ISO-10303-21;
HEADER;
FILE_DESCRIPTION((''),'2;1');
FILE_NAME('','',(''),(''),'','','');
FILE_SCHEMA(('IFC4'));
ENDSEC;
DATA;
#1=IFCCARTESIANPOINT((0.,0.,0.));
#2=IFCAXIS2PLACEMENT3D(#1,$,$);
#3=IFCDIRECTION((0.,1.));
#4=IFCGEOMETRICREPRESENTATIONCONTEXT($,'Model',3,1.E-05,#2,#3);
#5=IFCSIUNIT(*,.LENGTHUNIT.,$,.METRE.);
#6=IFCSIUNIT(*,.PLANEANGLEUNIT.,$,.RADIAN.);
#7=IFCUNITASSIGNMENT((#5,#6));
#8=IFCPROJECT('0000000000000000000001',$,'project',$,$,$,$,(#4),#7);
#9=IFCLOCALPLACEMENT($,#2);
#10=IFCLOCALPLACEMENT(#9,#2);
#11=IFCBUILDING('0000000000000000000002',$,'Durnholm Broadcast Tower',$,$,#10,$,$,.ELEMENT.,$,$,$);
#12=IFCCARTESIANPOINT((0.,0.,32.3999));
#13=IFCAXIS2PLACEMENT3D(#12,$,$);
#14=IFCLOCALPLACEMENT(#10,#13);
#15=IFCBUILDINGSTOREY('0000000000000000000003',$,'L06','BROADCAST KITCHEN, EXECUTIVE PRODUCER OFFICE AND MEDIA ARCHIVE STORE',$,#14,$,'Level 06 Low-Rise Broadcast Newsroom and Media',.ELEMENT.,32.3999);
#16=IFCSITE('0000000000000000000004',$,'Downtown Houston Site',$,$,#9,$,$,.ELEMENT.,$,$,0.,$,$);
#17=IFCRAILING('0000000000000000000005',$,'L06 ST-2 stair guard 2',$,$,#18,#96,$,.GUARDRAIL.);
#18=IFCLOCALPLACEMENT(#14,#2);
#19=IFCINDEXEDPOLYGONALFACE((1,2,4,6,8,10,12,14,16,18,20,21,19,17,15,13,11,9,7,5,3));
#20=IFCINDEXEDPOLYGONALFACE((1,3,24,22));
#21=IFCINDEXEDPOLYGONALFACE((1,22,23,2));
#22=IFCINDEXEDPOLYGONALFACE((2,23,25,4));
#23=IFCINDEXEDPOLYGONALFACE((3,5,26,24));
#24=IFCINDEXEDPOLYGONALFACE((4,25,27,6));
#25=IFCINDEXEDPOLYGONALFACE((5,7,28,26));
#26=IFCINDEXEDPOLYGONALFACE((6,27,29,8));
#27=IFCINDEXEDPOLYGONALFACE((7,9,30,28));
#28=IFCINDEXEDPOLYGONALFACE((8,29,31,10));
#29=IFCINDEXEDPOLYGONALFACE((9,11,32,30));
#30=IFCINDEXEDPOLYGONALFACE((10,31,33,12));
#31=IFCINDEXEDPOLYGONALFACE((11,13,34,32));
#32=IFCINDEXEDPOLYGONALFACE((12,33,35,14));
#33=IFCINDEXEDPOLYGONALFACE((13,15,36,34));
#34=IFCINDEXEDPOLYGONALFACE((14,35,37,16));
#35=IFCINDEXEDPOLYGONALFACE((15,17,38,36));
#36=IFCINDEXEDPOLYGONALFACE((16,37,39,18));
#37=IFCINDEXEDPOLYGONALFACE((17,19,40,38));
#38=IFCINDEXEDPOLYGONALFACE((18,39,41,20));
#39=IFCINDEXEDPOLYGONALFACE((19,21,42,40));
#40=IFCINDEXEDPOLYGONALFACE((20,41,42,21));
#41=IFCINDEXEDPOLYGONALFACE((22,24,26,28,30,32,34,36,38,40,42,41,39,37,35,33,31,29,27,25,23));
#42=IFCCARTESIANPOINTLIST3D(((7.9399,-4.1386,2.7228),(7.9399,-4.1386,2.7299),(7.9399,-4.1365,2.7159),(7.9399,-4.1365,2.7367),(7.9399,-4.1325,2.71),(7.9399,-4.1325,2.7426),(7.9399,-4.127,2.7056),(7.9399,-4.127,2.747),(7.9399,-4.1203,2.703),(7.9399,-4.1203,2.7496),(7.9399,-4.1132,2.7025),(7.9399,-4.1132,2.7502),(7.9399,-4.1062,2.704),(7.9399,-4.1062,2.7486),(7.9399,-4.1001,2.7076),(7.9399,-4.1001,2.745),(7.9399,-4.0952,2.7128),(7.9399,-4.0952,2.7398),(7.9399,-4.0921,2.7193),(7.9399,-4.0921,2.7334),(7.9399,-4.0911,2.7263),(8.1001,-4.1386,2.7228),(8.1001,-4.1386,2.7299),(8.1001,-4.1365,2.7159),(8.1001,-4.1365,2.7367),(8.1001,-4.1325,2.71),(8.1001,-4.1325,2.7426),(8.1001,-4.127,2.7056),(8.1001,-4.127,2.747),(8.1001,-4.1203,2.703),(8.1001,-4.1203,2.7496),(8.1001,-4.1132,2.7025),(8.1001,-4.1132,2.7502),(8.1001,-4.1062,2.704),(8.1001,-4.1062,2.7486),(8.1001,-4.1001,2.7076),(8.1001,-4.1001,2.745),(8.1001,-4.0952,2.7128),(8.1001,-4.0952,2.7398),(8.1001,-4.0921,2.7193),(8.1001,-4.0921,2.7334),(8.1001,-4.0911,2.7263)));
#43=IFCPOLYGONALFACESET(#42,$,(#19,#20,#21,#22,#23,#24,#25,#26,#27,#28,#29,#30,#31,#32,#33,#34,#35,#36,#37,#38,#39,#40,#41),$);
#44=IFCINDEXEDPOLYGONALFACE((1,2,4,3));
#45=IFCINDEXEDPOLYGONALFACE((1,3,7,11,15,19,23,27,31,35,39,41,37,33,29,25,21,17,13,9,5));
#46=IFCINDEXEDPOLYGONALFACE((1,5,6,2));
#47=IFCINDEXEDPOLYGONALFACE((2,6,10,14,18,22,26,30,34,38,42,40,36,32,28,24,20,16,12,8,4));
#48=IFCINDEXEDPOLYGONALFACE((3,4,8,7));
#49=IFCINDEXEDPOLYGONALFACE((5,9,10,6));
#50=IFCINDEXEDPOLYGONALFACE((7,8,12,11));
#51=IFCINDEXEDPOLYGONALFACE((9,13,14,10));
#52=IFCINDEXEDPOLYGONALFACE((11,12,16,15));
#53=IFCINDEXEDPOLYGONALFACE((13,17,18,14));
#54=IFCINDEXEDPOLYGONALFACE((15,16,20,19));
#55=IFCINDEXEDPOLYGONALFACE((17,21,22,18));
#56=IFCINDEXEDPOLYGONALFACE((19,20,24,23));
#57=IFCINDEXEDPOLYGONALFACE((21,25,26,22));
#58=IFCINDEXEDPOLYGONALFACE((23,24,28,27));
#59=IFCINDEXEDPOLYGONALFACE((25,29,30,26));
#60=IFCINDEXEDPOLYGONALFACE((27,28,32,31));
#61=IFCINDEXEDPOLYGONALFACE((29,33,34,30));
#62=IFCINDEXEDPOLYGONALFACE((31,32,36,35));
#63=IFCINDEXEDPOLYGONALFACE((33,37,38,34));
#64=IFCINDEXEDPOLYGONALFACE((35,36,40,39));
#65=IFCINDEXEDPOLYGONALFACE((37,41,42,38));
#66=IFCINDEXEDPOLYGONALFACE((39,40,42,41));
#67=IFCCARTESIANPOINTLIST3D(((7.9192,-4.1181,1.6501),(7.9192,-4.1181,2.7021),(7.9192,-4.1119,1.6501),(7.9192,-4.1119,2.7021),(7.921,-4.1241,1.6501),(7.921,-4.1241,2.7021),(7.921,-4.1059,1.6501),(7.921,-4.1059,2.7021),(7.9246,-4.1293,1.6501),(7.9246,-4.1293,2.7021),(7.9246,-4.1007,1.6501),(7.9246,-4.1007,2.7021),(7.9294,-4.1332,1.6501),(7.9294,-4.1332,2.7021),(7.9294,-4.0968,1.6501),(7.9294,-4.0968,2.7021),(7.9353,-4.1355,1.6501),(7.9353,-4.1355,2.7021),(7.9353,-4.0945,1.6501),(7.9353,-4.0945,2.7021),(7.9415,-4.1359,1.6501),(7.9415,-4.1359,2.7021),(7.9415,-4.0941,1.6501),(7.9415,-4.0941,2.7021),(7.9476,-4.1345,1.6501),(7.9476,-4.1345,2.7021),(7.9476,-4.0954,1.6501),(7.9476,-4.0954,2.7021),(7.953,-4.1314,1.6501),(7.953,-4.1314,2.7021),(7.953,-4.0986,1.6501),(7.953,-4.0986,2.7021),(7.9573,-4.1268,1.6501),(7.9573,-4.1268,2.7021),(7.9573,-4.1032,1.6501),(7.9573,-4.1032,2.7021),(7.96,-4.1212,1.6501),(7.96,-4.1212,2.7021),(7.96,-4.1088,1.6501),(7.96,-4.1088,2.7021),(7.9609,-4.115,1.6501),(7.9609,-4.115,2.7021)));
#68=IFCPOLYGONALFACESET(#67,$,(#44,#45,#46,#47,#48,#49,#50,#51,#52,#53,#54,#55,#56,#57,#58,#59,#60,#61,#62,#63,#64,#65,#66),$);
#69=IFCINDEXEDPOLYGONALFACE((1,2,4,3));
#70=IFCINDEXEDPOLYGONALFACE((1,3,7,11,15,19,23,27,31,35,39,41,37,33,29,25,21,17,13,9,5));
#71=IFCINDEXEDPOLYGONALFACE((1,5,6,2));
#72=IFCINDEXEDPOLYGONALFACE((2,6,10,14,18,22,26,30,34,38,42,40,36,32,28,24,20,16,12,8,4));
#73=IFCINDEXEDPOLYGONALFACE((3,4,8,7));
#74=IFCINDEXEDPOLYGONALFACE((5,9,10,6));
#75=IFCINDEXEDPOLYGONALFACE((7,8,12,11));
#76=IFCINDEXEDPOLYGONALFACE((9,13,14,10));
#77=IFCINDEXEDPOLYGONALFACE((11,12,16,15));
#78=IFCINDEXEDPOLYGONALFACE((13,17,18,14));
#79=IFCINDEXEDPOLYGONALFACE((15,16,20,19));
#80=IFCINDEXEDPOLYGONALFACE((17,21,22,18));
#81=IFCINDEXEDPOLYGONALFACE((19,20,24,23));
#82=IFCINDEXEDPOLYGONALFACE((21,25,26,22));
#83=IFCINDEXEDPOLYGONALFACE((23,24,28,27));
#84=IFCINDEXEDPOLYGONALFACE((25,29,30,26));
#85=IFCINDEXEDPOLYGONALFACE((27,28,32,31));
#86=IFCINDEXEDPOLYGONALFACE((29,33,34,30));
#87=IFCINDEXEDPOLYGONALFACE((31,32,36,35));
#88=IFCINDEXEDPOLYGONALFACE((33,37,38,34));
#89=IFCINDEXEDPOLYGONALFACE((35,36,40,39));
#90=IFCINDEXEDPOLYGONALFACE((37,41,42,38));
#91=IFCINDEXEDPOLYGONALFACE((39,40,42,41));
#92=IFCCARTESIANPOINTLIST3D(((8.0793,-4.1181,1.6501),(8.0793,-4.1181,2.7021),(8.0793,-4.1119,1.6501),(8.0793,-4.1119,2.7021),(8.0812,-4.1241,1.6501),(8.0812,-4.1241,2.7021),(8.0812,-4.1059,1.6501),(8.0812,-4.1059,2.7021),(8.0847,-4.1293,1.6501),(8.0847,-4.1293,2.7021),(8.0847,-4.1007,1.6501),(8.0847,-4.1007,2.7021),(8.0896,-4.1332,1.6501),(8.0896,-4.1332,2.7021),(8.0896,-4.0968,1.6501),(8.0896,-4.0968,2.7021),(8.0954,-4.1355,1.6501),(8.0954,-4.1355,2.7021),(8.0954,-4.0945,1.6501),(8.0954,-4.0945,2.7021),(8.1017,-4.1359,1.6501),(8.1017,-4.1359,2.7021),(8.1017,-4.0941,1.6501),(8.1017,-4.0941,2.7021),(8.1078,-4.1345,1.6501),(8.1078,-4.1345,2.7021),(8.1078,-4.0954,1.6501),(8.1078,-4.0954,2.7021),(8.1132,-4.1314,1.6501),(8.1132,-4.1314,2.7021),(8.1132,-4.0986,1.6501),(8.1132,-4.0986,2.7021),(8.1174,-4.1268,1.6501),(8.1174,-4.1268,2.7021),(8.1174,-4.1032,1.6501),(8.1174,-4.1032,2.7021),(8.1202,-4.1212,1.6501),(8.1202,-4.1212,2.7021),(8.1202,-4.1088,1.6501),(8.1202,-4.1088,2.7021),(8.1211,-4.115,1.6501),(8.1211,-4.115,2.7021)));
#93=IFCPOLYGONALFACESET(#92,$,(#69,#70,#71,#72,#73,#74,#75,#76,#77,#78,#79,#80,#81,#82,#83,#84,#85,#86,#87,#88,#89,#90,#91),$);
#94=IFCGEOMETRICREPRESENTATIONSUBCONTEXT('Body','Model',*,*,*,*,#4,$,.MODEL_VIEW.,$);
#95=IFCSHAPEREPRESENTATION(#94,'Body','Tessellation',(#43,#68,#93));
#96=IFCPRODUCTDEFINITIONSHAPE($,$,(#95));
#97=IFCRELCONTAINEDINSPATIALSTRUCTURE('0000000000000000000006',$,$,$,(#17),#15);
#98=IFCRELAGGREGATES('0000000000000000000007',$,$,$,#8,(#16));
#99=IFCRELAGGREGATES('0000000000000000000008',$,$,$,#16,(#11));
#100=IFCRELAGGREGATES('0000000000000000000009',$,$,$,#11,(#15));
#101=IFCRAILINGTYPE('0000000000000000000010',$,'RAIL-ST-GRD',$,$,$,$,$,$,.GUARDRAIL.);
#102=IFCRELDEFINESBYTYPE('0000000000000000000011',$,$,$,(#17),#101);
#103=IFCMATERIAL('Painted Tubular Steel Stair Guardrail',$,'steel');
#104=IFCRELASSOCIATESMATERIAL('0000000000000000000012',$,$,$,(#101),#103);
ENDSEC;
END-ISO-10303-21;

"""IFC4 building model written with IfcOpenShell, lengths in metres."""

from ifc_helpers import new_model, si_unit, direction, frame, origin, origin_2d, place, context, subcontext, project, spatial, circle, extrude, material, type_object, element, save


model = new_model("IFC4")

# Units and contexts
model_context = context("Model", 3, precision=1e-05, world=origin(), true_north=direction((0.0, 1.0)))
body_context = subcontext(model_context, "Body", "Model", "MODEL_VIEW")
ifc_project = project(units=[si_unit("LENGTHUNIT", "METRE"), si_unit("PLANEANGLEUNIT", "RADIAN")], contexts=[model_context])

# Site, building, storey
site_placement = place(None, origin())
site = spatial("IfcSite", under=ifc_project, at=site_placement, Name="Downtown Houston Site", CompositionType="ELEMENT", RefElevation=0.0)
building_placement = place(site_placement, origin())
building = spatial("IfcBuilding", under=site, at=building_placement, Name="Durnholm Broadcast Tower", CompositionType="ELEMENT")
storey_placement = place(building_placement, frame((0.0, 0.0, 32.3999)))
storey = spatial("IfcBuildingStorey", under=building, at=storey_placement, Name="L06", Description="BROADCAST KITCHEN, EXECUTIVE PRODUCER OFFICE AND MEDIA ARCHIVE STORE", LongName="Level 06 Low-Rise Broadcast Newsroom and Media", CompositionType="ELEMENT", Elevation=32.3999)

# Railing
ifc_material_1 = material(Name="Painted Tubular Steel Stair Guardrail", Category="steel")
railing_type_1 = type_object("IfcRailingType", Name="RAIL-ST-GRD", PredefinedType="GUARDRAIL", material=ifc_material_1)
railing_1_placement = place(storey_placement, frame((7.9399, -4.115, 1.6501)))
element("IfcRailing", 1, at=railing_1_placement, inside=storey, type_object=railing_type_1, Name="L06 ST-2 stair guard 2", PredefinedType="GUARDRAIL", context=body_context, shape_type="SweptSolid", body=[
    extrude(circle(Radius=0.0239, at=origin_2d()), frame((0.0, 0.0, 1.0762), z_axis=(1.0, 0.0, 0.0), x_axis=(0.0, 1.0, 0.0)), (0.0, 0.0, 1.0), 0.1602),
    extrude(circle(Radius=0.021, at=origin_2d()), origin(), (0.0, 0.0, 1.0), 1.052),
    extrude(circle(Radius=0.021, at=origin_2d()), frame((0.1602, 0.0, 0.0)), (0.0, 0.0, 1.0), 1.052),
])

save(model, "model.ifc")
